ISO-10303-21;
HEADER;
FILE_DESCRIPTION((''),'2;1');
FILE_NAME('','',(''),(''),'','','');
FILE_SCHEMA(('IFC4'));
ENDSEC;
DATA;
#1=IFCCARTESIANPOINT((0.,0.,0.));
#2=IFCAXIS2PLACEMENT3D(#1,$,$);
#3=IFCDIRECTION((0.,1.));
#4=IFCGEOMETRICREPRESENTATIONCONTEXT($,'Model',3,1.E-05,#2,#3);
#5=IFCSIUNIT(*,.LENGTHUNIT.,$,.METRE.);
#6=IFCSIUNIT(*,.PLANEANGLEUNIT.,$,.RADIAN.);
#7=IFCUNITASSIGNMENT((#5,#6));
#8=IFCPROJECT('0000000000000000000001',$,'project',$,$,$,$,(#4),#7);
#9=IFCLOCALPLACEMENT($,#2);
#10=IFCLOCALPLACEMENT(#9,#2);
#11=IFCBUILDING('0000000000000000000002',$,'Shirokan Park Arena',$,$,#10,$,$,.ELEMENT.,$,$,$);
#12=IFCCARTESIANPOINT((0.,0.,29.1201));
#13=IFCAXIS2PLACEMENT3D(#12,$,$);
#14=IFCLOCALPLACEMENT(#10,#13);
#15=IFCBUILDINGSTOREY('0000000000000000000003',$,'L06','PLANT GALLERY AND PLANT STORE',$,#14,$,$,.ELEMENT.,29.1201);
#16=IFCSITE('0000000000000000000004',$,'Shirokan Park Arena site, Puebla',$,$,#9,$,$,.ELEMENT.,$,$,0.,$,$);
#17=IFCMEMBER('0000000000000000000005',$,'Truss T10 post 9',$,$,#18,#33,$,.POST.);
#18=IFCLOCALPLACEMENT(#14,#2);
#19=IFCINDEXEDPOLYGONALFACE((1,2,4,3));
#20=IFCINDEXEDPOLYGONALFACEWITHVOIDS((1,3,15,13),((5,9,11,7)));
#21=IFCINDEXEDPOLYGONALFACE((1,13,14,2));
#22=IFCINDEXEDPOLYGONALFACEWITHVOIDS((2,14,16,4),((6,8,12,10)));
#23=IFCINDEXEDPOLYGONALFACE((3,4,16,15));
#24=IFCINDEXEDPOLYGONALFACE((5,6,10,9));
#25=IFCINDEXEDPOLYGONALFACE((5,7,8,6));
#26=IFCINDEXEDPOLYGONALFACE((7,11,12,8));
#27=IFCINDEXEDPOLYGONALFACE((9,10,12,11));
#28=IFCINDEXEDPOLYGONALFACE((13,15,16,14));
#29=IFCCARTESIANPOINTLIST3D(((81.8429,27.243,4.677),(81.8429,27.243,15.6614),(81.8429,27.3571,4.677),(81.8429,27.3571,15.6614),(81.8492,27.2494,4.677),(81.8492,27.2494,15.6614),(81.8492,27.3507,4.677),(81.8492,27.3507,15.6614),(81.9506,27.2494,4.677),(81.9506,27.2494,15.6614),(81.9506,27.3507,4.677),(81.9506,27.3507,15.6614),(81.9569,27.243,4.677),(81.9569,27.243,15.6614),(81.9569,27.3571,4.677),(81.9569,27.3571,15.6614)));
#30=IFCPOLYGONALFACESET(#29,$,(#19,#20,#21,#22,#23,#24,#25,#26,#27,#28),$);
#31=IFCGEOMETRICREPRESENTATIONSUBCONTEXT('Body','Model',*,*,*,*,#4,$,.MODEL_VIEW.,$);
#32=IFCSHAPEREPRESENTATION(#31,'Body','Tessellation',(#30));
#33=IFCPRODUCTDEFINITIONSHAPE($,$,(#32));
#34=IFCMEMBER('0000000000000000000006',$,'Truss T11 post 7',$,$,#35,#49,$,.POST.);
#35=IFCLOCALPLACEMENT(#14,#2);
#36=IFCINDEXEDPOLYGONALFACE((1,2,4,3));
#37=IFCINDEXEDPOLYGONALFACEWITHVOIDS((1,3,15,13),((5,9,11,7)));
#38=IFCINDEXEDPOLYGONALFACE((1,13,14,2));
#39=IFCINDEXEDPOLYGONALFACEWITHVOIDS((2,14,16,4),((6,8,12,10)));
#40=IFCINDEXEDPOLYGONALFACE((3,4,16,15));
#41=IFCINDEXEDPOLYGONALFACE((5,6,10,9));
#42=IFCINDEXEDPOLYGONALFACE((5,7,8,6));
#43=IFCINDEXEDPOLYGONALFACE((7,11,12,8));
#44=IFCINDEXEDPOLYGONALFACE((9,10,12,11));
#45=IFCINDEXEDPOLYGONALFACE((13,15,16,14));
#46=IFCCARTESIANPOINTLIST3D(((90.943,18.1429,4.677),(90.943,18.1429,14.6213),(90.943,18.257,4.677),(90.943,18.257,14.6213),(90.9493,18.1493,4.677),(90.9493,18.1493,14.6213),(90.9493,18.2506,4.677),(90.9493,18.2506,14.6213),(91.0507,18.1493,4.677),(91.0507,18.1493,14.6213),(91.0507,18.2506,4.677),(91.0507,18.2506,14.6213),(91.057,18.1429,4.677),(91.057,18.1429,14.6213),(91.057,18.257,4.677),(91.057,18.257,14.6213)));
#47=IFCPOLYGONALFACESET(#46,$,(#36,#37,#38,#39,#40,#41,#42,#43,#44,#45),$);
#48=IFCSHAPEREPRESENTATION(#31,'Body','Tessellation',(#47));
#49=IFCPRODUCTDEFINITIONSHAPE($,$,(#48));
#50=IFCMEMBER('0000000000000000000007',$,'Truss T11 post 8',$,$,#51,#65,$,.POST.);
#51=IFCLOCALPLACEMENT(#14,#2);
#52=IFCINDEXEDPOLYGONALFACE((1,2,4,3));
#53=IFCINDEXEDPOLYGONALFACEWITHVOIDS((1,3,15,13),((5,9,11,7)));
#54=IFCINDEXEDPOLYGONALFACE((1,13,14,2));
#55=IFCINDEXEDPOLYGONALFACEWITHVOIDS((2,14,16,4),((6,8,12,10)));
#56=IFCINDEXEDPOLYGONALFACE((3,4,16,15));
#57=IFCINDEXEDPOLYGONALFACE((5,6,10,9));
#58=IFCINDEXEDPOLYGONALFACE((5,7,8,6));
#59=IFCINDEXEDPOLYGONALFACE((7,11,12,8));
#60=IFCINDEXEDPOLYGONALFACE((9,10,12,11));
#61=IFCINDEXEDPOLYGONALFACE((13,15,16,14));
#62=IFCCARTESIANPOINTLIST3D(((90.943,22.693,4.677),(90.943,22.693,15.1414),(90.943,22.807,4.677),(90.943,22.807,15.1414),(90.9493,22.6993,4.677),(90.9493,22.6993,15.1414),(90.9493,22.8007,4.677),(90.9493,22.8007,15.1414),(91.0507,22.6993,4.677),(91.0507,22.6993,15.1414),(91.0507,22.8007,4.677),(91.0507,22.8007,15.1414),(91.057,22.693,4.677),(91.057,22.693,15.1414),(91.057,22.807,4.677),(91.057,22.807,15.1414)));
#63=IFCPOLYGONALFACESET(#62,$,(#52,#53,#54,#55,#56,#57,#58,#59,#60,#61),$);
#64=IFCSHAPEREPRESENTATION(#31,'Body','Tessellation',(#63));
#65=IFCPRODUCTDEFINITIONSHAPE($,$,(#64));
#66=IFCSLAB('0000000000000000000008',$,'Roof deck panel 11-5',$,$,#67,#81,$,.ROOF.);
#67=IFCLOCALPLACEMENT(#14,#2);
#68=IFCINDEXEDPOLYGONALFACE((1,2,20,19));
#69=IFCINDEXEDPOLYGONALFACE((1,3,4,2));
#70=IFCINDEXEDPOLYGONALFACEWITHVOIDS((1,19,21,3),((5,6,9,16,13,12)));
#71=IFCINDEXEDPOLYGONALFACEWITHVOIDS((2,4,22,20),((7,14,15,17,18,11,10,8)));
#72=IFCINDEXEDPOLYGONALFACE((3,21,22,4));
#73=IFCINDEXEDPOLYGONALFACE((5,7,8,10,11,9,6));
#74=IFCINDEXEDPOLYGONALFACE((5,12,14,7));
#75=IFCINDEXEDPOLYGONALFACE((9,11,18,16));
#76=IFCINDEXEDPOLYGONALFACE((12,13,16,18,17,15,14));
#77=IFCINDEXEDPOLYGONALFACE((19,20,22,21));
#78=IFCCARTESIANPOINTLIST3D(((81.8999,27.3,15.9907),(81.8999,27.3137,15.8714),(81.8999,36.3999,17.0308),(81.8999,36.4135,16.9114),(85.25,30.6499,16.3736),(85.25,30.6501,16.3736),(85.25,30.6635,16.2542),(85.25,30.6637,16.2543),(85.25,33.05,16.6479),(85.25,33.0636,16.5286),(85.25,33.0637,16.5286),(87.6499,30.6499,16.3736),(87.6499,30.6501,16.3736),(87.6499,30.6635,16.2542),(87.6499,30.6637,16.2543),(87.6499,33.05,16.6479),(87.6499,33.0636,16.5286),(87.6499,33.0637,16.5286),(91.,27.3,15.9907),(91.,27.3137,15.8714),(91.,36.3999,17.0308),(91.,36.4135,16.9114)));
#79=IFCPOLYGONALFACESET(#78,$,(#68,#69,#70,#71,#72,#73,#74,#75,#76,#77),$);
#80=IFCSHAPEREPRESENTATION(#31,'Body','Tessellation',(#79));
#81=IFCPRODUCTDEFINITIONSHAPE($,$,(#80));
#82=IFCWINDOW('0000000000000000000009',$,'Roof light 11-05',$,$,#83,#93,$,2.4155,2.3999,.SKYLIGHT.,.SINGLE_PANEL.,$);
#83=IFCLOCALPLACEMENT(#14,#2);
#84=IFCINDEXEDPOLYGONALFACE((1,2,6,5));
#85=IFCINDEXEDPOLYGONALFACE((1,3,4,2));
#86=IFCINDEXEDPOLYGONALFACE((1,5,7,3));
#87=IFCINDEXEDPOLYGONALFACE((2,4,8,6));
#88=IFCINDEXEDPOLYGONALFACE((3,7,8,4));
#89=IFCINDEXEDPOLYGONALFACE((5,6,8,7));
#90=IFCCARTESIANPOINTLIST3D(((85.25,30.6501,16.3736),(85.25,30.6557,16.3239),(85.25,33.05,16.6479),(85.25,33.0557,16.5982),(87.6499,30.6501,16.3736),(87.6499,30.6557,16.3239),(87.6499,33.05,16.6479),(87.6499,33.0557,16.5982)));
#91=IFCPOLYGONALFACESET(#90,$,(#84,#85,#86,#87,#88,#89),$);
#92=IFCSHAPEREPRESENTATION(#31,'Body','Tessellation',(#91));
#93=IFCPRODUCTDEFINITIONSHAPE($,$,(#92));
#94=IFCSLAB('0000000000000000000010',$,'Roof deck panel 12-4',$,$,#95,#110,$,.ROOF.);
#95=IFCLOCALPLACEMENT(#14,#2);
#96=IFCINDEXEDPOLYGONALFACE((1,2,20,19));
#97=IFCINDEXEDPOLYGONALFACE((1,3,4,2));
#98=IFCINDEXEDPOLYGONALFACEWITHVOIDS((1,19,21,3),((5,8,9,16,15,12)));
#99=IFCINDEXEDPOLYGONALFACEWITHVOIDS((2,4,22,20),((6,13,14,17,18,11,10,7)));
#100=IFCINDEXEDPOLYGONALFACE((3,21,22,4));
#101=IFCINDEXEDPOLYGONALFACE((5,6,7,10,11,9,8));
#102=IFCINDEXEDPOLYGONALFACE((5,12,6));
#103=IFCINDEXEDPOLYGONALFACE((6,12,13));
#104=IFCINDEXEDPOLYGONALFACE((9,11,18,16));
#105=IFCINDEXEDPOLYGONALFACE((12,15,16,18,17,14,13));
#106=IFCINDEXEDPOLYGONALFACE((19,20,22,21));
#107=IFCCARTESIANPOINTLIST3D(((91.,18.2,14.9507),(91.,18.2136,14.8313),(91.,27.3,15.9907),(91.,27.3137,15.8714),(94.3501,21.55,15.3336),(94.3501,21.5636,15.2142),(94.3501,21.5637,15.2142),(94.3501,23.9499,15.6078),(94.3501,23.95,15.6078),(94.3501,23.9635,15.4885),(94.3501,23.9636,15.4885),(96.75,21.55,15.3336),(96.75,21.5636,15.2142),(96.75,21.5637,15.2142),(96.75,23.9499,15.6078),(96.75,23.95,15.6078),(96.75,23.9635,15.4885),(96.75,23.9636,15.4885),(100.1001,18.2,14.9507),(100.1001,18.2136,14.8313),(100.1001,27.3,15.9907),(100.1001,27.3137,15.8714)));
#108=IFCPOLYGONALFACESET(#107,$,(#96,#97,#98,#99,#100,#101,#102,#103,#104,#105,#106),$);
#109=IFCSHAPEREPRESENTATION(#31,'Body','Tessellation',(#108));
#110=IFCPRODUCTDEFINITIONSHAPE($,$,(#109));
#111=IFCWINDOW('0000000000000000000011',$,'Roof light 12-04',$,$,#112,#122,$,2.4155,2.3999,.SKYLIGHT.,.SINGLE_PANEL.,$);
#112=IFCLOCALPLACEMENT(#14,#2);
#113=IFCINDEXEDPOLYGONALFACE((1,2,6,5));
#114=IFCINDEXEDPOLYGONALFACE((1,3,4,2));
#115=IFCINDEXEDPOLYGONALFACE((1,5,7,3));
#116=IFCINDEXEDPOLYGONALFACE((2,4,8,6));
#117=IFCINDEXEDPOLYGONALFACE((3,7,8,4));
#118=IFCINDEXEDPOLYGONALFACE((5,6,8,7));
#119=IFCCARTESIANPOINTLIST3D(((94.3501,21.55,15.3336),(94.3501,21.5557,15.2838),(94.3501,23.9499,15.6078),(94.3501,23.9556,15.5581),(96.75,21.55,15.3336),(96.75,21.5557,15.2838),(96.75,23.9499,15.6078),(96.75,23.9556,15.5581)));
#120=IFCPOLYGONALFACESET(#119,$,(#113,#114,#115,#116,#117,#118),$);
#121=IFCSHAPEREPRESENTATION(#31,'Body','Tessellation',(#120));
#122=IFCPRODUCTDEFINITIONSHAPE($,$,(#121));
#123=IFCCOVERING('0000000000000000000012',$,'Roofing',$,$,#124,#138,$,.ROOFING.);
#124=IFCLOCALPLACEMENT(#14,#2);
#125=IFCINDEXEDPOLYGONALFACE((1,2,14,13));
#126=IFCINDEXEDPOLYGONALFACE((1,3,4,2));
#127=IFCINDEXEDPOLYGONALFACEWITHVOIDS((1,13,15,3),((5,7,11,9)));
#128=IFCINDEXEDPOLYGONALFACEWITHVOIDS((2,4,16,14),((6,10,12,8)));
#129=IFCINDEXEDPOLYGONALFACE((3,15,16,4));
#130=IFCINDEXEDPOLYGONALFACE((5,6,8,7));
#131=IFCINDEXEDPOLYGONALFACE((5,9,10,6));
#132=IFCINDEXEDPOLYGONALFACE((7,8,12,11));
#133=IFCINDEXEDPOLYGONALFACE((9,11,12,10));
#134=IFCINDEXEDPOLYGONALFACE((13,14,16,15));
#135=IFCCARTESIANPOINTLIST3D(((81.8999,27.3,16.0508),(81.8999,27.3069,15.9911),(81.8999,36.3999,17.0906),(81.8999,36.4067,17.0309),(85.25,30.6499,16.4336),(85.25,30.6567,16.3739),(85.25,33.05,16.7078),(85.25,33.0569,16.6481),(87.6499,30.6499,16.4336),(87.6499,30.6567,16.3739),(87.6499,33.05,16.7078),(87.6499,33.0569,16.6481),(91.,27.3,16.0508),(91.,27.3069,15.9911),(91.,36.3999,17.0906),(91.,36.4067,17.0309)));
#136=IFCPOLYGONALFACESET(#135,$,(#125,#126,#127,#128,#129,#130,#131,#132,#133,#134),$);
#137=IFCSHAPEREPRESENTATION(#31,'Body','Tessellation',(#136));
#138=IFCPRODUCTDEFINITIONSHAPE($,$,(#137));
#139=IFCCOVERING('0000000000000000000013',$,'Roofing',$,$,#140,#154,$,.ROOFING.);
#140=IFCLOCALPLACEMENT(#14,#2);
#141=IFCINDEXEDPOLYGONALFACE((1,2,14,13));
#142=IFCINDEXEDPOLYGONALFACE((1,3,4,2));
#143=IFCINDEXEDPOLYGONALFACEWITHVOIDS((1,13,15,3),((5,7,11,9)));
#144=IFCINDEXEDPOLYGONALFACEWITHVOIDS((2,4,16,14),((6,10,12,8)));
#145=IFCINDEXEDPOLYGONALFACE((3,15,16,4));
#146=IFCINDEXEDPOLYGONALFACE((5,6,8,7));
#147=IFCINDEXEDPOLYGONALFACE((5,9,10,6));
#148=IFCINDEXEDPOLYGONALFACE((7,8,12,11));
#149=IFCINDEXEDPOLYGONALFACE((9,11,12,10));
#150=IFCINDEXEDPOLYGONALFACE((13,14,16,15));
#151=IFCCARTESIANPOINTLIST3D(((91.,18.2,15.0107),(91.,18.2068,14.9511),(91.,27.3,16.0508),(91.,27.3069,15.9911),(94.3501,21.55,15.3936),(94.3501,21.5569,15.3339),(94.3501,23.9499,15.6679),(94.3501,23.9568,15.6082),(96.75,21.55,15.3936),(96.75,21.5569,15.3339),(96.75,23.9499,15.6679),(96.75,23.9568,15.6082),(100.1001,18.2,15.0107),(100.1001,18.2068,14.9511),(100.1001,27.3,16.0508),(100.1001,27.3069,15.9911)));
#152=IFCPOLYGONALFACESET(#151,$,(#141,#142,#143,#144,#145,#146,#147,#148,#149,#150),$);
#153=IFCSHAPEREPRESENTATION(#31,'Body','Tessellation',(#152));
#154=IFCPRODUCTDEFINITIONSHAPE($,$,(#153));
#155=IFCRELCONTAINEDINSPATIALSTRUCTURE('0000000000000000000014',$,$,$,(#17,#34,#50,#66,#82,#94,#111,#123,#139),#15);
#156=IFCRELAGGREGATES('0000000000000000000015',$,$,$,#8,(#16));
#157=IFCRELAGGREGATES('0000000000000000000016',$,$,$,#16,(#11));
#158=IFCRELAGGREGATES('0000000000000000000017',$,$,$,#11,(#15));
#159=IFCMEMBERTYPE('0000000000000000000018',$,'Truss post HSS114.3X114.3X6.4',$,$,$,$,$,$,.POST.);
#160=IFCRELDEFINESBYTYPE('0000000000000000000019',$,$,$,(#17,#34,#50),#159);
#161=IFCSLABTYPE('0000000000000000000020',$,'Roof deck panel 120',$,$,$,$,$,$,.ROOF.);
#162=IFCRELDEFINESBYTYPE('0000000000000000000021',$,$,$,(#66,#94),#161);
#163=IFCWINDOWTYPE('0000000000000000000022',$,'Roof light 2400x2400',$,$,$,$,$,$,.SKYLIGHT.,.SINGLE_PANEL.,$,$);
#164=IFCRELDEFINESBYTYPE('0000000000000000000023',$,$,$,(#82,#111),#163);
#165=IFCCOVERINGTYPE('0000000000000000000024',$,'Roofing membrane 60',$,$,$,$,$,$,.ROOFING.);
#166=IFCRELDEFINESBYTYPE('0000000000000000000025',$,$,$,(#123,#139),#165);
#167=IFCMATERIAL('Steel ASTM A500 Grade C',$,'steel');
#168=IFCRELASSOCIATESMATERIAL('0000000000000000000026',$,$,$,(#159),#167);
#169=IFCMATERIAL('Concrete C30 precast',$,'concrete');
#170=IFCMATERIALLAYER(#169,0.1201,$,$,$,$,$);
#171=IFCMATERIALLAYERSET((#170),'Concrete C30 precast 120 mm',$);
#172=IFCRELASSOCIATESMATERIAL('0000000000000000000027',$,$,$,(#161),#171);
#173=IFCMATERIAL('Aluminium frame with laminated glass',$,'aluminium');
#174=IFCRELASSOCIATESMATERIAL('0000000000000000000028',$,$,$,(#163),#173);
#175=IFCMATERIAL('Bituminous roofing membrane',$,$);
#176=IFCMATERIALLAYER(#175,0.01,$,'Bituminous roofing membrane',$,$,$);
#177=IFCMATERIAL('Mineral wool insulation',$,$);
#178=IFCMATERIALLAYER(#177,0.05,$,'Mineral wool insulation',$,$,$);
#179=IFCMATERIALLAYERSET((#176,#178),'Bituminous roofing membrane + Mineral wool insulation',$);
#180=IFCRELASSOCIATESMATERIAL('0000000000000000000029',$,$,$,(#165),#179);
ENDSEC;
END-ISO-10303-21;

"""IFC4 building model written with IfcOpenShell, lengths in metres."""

from ifc_helpers import new_model, si_unit, direction, frame, origin, origin_2d, place, context, subcontext, project, spatial, polyline, rectangle, hollow_rectangle, outline, extrude, material, layer, layer_set, material_profile, profile_set, type_object, element, fill, save


model = new_model("IFC4")

# Units and contexts
model_context = context("Model", 3, precision=1e-05, world=origin(), true_north=direction((0.0, 1.0)))
body_context = subcontext(model_context, "Body", "Model", "MODEL_VIEW")
ifc_project = project(units=[si_unit("LENGTHUNIT", "METRE"), si_unit("PLANEANGLEUNIT", "RADIAN")], contexts=[model_context])

# Site, building, storey
site_placement = place(None, origin())
site = spatial("IfcSite", under=ifc_project, at=site_placement, Name="Shirokan Park Arena site, Puebla", CompositionType="ELEMENT", RefElevation=0.0)
building_placement = place(site_placement, origin())
building = spatial("IfcBuilding", under=site, at=building_placement, Name="Shirokan Park Arena", CompositionType="ELEMENT")
storey_placement = place(building_placement, frame((0.0, 0.0, 29.1201)))
storey = spatial("IfcBuildingStorey", under=building, at=storey_placement, Name="L06", Description="PLANT GALLERY AND PLANT STORE", CompositionType="ELEMENT", Elevation=29.1201)

# Members
ifc_material_1 = material(Name="Steel ASTM A500 Grade C", Category="steel")
ifc_material_profile_1 = material_profile(ifc_material_1, hollow_rectangle(XDim=0.114, YDim=0.114, WallThickness=0.0063, at=origin_2d()), Name="HSS114.3X114.3X6.4")
ifc_profile_set_1 = profile_set([ifc_material_profile_1], Name="Steel ASTM A500 Grade C")
member_type_1 = type_object("IfcMemberType", Name="Truss post HSS114.3X114.3X6.4", PredefinedType="POST", material=ifc_profile_set_1)
member_1_placement = place(storey_placement, frame((81.8999, 27.3, 4.677), z_axis=(0.0, 0.0, 1.0), x_axis=(1.0, 0.0, 0.0)))
element("IfcMember", 1, at=member_1_placement, inside=storey, type_object=member_type_1, Name="Truss T10 post 9", PredefinedType="POST", context=body_context, shape_type="SweptSolid", body=[
    extrude(hollow_rectangle(XDim=0.114, YDim=0.114, WallThickness=0.0063, at=origin_2d()), origin(), (0.0, 0.0, 1.0), 10.9844),
])
member_2_placement = place(storey_placement, frame((91.0, 18.2, 4.677), z_axis=(0.0, 0.0, 1.0), x_axis=(1.0, 0.0, 0.0)))
element("IfcMember", 2, at=member_2_placement, inside=storey, type_object=member_type_1, Name="Truss T11 post 7", PredefinedType="POST", context=body_context, shape_type="SweptSolid", body=[
    extrude(hollow_rectangle(XDim=0.114, YDim=0.114, WallThickness=0.0063, at=origin_2d()), origin(), (0.0, 0.0, 1.0), 9.9443),
])
member_3_placement = place(storey_placement, frame((91.0, 22.75, 4.677), z_axis=(0.0, 0.0, 1.0), x_axis=(1.0, 0.0, 0.0)))
element("IfcMember", 3, at=member_3_placement, inside=storey, type_object=member_type_1, Name="Truss T11 post 8", PredefinedType="POST", context=body_context, shape_type="SweptSolid", body=[
    extrude(hollow_rectangle(XDim=0.114, YDim=0.114, WallThickness=0.0063, at=origin_2d()), origin(), (0.0, 0.0, 1.0), 10.4644),
])

# Slabs, openings, windows
ifc_material_2 = material(Name="Concrete C30 precast", Category="concrete")
ifc_layer_1 = layer(ifc_material_2, 0.1201)
ifc_layer_set_1 = layer_set([ifc_layer_1], Name="Concrete C30 precast 120 mm")
slab_type = type_object("IfcSlabType", Name="Roof deck panel 120", PredefinedType="ROOF", material=ifc_layer_set_1)
slab_1_placement = place(storey_placement, frame((81.8999, 27.3, 15.9907), z_axis=(0.0, -0.113553, 0.993532), x_axis=(1.0, 0.0, 0.0)))
slab_1 = element("IfcSlab", 4, at=slab_1_placement, inside=storey, type_object=slab_type, Name="Roof deck panel 11-5", PredefinedType="ROOF", context=body_context, shape_type="SweptSolid", body=[
    extrude(outline(polyline([(0.0, 0.0), (9.1001, 0.0), (9.1001, 9.1591), (0.0, 9.1591), (0.0, 0.0)]), holes=[polyline([(3.3501, 3.3717), (5.75, 3.3717), (5.75, 5.7874), (3.3501, 5.7874), (3.3501, 3.3717)])]), origin(), (0.0, 0.0, -1.0), 0.1201),
])
opening_1_placement = place(slab_1_placement, frame((4.55, 4.5796, 0.01)))
opening_1 = element("IfcOpeningElement", 5, at=opening_1_placement, cuts=slab_1, PredefinedType="OPENING", context=body_context, shape_type="SweptSolid", body=[
    extrude(rectangle(XDim=2.3999, YDim=2.4155, at=origin_2d()), origin(), (0.0, 0.0, -1.0), 0.1399),
])
ifc_material_3 = material(Name="Aluminium frame with laminated glass", Category="aluminium")
window_type = type_object("IfcWindowType", Name="Roof light 2400x2400", PartitioningType="SINGLE_PANEL", PredefinedType="SKYLIGHT", material=ifc_material_3)
window_1_placement = place(opening_1_placement, frame((0.0, 0.0, -0.0601)))
window_1 = element("IfcWindow", 6, at=window_1_placement, inside=storey, type_object=window_type, Name="Roof light 11-05", OverallHeight=2.4155, OverallWidth=2.3999, PartitioningType="SINGLE_PANEL", PredefinedType="SKYLIGHT", context=body_context, shape_type="SweptSolid", body=[
    extrude(rectangle(XDim=2.3999, YDim=2.4155, at=origin_2d()), origin(), (0.0, 0.0, 1.0), 0.05),
])
fill(opening_1, window_1)
slab_2_placement = place(storey_placement, frame((91.0, 18.2, 14.9507), z_axis=(0.0, -0.11355, 0.993532), x_axis=(1.0, 0.0, 0.0)))
slab_2 = element("IfcSlab", 7, at=slab_2_placement, inside=storey, type_object=slab_type, Name="Roof deck panel 12-4", PredefinedType="ROOF", context=body_context, shape_type="SweptSolid", body=[
    extrude(outline(polyline([(0.0, 0.0), (9.1001, 0.0), (9.1001, 9.1593), (0.0, 9.1593), (0.0, 0.0)]), holes=[polyline([(3.3501, 3.3719), (5.75, 3.3719), (5.75, 5.7874), (3.3501, 5.7874), (3.3501, 3.3719)])]), origin(), (0.0, 0.0, -1.0), 0.1201),
])
opening_2_placement = place(slab_2_placement, frame((4.55, 4.5796, 0.01)))
opening_2 = element("IfcOpeningElement", 8, at=opening_2_placement, cuts=slab_2, PredefinedType="OPENING", context=body_context, shape_type="SweptSolid", body=[
    extrude(rectangle(XDim=2.3999, YDim=2.4155, at=origin_2d()), origin(), (0.0, 0.0, -1.0), 0.1399),
])
window_2_placement = place(opening_2_placement, frame((0.0, 0.0, -0.0601)))
window_2 = element("IfcWindow", 9, at=window_2_placement, inside=storey, type_object=window_type, Name="Roof light 12-04", OverallHeight=2.4155, OverallWidth=2.3999, PartitioningType="SINGLE_PANEL", PredefinedType="SKYLIGHT", context=body_context, shape_type="SweptSolid", body=[
    extrude(rectangle(XDim=2.3999, YDim=2.4155, at=origin_2d()), origin(), (0.0, 0.0, 1.0), 0.05),
])
fill(opening_2, window_2)

# Coverings
ifc_material_4 = material(Name="Bituminous roofing membrane")
ifc_layer_2 = layer(ifc_material_4, 0.01, Name="Bituminous roofing membrane")
ifc_material_5 = material(Name="Mineral wool insulation")
ifc_layer_3 = layer(ifc_material_5, 0.05, Name="Mineral wool insulation")
ifc_layer_set_2 = layer_set([ifc_layer_2, ifc_layer_3], Name="Bituminous roofing membrane + Mineral wool insulation")
covering_type = type_object("IfcCoveringType", Name="Roofing membrane 60", PredefinedType="ROOFING", material=ifc_layer_set_2)
covering_1_placement = place(storey_placement, frame((81.8999, 27.3, 16.0508), z_axis=(0.0, -0.113526, 0.993535), x_axis=(1.0, 0.0, 0.0)))
element("IfcCovering", 10, at=covering_1_placement, inside=storey, type_object=covering_type, Name="Roofing", PredefinedType="ROOFING", context=body_context, shape_type="SweptSolid", body=[
    extrude(outline(polyline([(0.0, 0.0), (9.1001, 0.0), (9.1001, 9.1591), (0.0, 9.1591), (0.0, 0.0)]), holes=[polyline([(5.75, 3.3717), (5.75, 5.7874), (3.3501, 5.7874), (3.3501, 3.3717), (5.75, 3.3717)])]), origin(), (0.0, 0.0, -1.0), 0.0601),
])
covering_2_placement = place(storey_placement, frame((91.0, 18.2, 15.0107), z_axis=(0.0, -0.11355, 0.993532), x_axis=(1.0, 0.0, 0.0)))
element("IfcCovering", 11, at=covering_2_placement, inside=storey, type_object=covering_type, Name="Roofing", PredefinedType="ROOFING", context=body_context, shape_type="SweptSolid", body=[
    extrude(outline(polyline([(0.0, 0.0), (9.1001, 0.0), (9.1001, 9.1593), (0.0, 9.1593), (0.0, 0.0)]), holes=[polyline([(5.75, 3.3719), (5.75, 5.7874), (3.3501, 5.7874), (3.3501, 3.3719), (5.75, 3.3719)])]), origin(), (0.0, 0.0, -1.0), 0.0601),
])

save(model, "model.ifc")
